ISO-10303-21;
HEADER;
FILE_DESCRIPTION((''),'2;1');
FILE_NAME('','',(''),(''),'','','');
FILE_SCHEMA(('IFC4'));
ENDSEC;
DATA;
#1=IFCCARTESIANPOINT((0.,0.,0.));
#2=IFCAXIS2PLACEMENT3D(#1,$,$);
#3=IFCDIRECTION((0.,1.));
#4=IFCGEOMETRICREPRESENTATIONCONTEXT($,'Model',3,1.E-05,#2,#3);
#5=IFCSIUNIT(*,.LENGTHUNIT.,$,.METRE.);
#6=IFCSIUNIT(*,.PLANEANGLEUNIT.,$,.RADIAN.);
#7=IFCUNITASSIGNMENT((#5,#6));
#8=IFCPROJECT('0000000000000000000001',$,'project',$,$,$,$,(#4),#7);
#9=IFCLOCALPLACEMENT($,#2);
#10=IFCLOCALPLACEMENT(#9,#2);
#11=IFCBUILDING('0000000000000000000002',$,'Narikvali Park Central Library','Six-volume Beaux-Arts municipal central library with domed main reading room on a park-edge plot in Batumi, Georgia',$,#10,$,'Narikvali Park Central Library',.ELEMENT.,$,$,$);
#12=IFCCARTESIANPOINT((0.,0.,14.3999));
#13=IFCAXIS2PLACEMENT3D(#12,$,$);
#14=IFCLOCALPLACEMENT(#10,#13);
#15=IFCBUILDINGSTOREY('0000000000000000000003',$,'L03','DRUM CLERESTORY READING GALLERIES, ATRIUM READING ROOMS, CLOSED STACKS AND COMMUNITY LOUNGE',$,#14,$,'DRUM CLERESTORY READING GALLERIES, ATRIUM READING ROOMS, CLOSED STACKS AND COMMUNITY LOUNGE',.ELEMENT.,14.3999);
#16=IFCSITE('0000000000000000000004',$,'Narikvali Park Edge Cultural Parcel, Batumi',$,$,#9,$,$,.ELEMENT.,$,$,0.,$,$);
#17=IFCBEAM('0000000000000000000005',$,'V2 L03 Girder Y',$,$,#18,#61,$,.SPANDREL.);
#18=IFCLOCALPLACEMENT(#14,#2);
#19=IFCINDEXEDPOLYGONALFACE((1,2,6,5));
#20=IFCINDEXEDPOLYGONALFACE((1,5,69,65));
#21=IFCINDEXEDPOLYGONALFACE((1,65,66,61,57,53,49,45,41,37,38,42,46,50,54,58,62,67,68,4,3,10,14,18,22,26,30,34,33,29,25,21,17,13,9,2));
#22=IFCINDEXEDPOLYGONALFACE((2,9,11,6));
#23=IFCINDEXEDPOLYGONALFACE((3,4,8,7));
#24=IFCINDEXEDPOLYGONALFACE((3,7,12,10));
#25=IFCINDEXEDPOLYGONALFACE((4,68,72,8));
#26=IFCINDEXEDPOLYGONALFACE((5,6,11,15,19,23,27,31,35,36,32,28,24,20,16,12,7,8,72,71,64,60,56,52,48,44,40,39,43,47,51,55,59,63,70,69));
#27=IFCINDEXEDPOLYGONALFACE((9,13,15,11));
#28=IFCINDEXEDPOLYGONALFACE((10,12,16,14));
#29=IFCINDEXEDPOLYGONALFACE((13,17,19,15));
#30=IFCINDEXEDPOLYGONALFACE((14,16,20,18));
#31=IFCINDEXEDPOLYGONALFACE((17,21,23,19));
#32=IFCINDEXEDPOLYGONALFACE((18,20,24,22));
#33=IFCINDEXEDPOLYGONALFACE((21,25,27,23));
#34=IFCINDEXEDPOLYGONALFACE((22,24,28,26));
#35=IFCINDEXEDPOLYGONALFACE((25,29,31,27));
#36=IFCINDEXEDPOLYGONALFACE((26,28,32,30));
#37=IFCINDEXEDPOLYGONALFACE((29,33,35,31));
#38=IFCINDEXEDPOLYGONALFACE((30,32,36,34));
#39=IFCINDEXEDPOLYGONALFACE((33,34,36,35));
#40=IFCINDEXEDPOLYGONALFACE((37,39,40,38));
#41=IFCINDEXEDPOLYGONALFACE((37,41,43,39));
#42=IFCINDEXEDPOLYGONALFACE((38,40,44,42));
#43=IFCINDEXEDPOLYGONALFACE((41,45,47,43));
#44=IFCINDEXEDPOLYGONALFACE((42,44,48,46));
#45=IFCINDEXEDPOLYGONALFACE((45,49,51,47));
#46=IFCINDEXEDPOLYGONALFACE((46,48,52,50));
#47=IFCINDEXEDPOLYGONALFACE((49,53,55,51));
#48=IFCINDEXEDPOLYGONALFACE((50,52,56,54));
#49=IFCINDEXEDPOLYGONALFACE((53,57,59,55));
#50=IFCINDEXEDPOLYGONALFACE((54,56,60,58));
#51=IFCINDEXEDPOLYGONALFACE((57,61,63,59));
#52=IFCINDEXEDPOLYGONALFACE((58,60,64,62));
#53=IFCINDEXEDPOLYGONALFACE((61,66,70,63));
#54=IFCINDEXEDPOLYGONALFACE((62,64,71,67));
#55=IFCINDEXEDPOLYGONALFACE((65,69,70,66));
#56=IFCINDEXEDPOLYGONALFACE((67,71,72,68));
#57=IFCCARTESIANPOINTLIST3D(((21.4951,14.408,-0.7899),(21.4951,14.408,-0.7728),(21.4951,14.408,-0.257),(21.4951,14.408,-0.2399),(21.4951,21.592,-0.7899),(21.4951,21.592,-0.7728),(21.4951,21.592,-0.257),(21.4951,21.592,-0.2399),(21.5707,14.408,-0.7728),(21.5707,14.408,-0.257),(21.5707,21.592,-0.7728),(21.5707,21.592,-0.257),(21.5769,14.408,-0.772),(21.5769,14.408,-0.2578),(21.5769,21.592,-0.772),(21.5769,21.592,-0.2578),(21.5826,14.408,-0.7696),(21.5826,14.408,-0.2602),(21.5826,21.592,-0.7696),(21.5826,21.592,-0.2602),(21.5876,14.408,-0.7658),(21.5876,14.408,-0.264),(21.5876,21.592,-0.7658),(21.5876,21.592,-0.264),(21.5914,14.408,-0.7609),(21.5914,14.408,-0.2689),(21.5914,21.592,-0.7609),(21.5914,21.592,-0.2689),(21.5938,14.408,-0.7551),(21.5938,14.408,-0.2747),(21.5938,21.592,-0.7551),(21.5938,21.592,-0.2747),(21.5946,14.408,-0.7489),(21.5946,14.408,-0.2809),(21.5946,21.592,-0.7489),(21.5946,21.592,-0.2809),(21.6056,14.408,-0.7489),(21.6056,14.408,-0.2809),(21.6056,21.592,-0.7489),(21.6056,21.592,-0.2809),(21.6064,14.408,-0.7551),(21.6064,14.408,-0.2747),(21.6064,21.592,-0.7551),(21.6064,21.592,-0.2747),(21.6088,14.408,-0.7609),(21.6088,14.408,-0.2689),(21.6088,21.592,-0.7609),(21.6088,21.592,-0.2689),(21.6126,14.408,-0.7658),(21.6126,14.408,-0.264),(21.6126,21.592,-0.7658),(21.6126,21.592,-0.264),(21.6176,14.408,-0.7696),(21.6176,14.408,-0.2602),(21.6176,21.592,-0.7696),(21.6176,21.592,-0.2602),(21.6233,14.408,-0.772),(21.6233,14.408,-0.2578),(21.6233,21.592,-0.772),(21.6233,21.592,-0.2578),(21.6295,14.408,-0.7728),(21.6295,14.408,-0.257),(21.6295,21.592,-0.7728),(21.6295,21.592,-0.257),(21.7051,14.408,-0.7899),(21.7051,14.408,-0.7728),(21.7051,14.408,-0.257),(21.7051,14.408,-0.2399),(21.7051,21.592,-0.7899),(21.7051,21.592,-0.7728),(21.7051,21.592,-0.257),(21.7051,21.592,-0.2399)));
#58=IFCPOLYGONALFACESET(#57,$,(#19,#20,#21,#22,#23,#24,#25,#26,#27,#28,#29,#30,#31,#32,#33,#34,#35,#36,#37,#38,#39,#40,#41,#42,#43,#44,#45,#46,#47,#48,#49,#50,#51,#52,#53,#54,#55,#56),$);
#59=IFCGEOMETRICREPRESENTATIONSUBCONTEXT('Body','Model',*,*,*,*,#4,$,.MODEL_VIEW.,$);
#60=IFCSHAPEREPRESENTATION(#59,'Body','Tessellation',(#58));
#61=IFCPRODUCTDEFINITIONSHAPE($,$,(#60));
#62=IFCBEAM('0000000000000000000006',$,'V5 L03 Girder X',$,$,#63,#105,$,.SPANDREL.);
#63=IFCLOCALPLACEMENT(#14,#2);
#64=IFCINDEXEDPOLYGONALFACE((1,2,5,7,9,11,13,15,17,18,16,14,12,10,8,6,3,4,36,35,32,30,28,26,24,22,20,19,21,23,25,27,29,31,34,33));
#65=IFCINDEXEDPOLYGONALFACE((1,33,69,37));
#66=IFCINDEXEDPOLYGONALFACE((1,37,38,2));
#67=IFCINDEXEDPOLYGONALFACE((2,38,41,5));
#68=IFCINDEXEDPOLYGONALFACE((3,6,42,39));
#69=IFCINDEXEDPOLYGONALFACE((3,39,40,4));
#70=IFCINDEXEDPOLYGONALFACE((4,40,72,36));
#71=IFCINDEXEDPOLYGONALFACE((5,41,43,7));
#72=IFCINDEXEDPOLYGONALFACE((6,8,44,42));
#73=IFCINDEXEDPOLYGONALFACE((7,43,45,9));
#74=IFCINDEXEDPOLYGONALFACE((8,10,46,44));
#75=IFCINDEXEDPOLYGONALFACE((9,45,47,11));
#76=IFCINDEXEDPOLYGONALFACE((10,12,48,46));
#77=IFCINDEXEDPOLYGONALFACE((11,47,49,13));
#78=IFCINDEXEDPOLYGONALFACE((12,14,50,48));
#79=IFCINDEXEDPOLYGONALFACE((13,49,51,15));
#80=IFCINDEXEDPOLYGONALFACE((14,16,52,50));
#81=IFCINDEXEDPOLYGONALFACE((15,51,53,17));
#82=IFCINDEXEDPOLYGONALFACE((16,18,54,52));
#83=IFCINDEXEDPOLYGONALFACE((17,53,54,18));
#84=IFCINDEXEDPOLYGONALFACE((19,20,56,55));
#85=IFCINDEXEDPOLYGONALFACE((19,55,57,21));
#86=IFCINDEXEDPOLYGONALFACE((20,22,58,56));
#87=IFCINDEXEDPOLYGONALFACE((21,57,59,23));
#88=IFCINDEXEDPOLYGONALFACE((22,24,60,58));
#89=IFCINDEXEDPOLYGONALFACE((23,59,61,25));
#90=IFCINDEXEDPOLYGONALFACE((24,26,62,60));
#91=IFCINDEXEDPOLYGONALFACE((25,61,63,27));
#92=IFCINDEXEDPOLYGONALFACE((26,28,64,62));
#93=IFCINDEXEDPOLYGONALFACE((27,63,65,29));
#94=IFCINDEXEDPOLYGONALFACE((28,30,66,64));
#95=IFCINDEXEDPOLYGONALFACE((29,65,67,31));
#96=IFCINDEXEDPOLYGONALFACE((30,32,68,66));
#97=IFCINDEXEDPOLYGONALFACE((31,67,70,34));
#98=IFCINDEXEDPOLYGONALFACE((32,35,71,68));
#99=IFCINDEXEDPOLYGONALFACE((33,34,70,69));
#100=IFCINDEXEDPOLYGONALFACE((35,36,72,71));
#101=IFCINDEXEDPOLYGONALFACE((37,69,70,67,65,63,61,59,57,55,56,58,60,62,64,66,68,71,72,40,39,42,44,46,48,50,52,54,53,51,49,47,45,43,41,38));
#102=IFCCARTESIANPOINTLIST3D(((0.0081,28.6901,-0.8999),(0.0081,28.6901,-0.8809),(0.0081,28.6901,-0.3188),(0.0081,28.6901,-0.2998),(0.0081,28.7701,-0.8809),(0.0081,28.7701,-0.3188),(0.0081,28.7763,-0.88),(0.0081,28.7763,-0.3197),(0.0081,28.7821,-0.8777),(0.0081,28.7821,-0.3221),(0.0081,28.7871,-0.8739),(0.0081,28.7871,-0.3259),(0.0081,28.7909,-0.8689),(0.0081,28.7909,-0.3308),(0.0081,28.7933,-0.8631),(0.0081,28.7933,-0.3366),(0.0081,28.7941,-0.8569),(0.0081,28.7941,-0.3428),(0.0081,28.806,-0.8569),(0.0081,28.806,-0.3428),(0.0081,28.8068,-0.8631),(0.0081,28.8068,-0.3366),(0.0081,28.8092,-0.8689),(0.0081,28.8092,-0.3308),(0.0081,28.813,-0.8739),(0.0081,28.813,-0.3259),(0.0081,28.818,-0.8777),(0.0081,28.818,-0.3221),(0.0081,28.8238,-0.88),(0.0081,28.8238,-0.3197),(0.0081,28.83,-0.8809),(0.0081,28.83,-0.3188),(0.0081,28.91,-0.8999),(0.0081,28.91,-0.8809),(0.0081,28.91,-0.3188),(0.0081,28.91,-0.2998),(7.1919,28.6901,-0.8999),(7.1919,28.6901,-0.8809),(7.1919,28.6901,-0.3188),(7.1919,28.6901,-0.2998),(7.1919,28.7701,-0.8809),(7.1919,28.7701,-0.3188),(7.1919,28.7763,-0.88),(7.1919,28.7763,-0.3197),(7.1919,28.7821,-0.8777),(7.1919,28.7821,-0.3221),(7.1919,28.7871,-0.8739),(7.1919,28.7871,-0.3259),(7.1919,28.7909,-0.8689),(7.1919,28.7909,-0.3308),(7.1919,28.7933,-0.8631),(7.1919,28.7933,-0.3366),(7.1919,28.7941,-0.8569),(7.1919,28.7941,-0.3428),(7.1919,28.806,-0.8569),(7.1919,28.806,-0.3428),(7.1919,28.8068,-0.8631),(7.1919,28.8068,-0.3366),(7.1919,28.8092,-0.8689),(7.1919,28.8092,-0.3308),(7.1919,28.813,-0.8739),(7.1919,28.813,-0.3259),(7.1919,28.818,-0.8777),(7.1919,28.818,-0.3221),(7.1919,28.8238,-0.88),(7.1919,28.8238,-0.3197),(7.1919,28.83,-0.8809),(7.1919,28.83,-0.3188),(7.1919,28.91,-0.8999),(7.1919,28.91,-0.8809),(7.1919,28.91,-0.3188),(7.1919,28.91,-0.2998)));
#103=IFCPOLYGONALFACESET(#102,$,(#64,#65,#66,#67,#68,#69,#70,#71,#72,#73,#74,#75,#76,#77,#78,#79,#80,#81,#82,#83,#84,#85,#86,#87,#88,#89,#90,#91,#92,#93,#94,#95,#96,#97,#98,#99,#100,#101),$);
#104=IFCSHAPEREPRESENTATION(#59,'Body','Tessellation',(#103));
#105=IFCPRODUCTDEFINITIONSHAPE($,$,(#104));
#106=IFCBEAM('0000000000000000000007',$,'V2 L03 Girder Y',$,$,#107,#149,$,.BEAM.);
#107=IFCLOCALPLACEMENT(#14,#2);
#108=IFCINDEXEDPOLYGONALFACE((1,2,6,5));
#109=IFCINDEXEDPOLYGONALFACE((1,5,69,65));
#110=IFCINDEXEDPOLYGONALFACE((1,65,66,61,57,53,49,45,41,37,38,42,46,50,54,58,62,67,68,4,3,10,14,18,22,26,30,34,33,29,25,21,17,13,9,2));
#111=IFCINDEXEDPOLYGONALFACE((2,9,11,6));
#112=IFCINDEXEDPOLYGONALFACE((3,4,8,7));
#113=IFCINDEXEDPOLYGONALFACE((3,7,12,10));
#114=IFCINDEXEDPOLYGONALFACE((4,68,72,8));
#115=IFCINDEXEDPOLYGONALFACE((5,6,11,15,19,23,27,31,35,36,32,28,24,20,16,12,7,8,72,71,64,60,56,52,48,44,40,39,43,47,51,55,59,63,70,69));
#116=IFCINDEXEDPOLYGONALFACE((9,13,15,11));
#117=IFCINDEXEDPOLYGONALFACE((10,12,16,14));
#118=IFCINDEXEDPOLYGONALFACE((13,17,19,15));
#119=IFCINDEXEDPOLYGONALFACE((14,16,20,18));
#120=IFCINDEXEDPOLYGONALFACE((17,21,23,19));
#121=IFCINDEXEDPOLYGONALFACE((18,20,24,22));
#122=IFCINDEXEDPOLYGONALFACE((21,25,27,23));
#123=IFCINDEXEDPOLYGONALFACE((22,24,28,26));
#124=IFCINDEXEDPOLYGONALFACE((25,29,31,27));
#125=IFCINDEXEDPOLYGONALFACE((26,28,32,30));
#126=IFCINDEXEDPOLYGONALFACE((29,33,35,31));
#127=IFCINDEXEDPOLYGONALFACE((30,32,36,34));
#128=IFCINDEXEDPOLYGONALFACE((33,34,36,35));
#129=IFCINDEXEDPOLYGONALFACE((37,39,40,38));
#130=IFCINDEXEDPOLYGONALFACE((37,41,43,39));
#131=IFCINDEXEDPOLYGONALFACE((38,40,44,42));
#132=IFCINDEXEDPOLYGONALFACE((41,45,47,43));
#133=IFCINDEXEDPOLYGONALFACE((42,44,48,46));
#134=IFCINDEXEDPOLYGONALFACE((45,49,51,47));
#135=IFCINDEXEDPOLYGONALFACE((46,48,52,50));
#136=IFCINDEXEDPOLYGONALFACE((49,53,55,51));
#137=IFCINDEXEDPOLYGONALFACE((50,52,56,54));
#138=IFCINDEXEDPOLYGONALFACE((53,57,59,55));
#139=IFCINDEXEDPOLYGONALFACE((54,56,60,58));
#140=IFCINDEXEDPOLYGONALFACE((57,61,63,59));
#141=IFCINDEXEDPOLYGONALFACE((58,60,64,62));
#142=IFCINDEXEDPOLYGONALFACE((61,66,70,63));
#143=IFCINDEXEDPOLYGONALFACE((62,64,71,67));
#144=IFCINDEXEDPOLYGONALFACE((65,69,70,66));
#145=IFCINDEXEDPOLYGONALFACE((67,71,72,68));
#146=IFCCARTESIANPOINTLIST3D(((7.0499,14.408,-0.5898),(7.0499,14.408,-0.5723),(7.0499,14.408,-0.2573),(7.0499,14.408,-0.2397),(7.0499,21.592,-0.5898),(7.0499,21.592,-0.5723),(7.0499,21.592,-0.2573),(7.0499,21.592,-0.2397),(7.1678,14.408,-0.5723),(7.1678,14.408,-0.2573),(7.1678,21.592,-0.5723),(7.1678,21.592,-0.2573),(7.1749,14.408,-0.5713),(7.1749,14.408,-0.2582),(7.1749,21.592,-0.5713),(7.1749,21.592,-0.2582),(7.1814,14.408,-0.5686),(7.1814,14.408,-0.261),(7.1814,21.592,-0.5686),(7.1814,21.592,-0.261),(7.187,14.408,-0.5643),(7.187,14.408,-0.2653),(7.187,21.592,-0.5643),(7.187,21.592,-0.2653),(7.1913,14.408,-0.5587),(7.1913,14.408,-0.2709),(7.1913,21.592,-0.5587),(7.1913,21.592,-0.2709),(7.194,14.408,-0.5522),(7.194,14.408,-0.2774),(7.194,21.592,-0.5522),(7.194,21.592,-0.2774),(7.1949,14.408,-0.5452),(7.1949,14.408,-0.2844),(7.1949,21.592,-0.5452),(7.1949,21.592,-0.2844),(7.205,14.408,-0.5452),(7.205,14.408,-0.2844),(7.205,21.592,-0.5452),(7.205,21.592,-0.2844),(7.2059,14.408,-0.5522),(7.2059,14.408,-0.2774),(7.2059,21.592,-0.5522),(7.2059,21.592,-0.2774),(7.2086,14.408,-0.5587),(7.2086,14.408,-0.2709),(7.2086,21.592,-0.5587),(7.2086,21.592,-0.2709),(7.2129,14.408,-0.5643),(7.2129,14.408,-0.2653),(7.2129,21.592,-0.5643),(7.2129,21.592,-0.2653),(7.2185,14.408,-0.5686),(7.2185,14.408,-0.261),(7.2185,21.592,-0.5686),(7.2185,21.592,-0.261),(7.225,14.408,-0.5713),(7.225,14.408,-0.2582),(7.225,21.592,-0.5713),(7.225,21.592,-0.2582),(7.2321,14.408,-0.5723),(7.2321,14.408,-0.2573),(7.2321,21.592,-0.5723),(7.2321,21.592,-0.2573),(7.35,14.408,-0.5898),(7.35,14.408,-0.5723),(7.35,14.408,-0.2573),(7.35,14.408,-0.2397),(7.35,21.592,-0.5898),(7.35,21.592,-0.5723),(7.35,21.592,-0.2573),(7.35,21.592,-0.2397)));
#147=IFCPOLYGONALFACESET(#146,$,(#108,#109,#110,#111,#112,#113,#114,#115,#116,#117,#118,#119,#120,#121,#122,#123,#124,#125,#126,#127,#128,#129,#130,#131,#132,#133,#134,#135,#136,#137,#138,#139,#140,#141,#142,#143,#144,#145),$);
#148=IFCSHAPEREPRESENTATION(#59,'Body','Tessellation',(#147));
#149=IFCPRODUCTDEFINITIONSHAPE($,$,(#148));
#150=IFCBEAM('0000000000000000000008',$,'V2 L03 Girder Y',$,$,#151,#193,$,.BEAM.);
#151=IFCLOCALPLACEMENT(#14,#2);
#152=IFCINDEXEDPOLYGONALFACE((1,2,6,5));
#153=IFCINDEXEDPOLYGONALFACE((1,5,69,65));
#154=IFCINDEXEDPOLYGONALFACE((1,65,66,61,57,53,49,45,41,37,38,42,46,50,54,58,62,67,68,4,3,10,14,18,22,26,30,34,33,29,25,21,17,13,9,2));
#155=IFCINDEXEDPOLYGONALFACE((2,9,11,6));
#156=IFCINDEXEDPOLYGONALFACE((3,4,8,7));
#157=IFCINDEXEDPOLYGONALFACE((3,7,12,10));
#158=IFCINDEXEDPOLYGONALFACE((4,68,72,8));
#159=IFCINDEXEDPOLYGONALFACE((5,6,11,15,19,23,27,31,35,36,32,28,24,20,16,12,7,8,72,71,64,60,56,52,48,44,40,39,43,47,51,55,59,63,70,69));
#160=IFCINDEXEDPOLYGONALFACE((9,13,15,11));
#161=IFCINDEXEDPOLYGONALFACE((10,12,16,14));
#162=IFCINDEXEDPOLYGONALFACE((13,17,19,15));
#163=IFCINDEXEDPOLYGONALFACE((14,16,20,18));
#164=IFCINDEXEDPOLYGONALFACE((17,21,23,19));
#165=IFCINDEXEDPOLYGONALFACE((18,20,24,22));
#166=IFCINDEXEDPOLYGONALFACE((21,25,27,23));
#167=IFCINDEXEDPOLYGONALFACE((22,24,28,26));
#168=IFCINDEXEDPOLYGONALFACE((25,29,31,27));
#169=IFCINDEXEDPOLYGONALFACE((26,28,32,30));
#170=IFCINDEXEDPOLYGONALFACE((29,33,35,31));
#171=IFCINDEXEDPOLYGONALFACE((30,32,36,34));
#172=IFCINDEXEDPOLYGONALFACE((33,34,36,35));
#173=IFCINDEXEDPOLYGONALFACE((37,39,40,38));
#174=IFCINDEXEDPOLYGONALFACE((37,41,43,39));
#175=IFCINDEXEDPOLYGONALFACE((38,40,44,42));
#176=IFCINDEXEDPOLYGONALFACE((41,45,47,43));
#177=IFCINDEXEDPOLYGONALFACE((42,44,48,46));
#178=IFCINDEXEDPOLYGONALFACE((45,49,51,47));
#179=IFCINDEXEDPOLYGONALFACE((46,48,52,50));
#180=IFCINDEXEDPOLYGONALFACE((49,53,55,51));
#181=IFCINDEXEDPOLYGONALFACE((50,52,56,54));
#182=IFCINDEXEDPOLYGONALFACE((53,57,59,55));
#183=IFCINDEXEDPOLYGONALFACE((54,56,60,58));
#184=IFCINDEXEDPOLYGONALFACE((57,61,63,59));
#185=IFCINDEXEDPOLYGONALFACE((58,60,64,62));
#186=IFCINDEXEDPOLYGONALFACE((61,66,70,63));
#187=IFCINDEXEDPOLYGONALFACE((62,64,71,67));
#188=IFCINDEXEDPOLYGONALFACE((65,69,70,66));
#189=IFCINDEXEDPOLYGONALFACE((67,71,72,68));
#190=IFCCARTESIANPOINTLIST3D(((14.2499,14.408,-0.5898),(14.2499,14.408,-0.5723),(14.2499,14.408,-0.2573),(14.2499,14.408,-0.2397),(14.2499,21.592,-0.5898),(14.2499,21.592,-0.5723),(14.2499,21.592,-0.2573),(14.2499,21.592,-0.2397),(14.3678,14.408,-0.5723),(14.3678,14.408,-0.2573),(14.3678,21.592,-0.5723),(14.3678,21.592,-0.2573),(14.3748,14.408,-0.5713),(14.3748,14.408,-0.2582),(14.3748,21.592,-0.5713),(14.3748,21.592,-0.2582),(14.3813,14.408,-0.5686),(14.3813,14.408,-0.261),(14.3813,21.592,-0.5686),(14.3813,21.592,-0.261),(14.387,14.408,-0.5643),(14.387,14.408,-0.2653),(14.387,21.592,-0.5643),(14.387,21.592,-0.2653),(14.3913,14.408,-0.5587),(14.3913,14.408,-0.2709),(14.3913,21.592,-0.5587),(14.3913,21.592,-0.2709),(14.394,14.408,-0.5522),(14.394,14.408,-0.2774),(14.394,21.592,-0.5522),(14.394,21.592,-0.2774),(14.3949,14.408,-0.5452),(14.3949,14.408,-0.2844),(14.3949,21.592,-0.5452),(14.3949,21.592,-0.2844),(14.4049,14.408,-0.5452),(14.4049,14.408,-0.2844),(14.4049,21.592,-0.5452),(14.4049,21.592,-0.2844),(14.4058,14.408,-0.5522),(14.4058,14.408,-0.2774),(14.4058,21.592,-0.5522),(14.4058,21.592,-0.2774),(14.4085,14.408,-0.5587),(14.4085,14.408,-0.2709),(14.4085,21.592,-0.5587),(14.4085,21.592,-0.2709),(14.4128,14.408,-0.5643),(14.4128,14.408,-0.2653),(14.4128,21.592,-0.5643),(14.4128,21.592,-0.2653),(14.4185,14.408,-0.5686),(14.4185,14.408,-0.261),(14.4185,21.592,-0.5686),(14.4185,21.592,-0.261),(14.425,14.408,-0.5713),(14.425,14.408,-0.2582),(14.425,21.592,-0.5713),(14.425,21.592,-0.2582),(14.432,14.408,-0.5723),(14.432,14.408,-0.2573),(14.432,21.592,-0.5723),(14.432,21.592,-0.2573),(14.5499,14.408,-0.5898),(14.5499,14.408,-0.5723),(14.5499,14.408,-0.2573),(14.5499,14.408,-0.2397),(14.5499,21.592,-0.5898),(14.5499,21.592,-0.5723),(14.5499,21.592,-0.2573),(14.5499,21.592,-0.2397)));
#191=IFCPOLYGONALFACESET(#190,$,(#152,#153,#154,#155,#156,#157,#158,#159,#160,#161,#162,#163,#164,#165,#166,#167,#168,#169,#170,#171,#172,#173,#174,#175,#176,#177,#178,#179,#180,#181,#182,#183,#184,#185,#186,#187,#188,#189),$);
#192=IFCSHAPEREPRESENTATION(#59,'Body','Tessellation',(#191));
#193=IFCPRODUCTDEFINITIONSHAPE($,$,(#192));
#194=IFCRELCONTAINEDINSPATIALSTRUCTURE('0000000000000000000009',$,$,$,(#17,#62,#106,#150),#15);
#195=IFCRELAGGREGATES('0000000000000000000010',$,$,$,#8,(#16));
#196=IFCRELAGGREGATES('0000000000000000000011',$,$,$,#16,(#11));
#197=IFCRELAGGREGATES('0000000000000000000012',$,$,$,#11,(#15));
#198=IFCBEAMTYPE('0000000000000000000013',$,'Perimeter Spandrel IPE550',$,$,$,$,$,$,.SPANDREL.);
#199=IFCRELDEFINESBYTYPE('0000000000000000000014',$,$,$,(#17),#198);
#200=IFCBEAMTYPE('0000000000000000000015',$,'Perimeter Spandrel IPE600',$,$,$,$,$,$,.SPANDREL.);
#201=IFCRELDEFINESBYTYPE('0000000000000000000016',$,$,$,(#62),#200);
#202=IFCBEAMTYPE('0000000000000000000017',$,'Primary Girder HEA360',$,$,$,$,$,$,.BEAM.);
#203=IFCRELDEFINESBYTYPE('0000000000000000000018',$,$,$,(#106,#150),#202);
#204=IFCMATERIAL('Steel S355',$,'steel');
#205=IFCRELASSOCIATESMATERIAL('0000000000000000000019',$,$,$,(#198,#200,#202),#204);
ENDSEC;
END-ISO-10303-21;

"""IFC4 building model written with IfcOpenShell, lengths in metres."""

from ifc_helpers import new_model, si_unit, direction, frame, origin, origin_2d, place, context, subcontext, project, spatial, i_section, extrude, material, material_profile, profile_set, type_object, element, save


model = new_model("IFC4")

# Units and contexts
model_context = context("Model", 3, precision=1e-05, world=origin(), true_north=direction((0.0, 1.0)))
body_context = subcontext(model_context, "Body", "Model", "MODEL_VIEW")
ifc_project = project(units=[si_unit("LENGTHUNIT", "METRE"), si_unit("PLANEANGLEUNIT", "RADIAN")], contexts=[model_context])

# Site, building, storey
site_placement = place(None, origin())
site = spatial("IfcSite", under=ifc_project, at=site_placement, Name="Narikvali Park Edge Cultural Parcel, Batumi", CompositionType="ELEMENT", RefElevation=0.0)
building_placement = place(site_placement, origin())
building = spatial("IfcBuilding", under=site, at=building_placement, Name="Narikvali Park Central Library", Description="Six-volume Beaux-Arts municipal central library with domed main reading room on a park-edge plot in Batumi, Georgia", LongName="Narikvali Park Central Library", CompositionType="ELEMENT")
storey_placement = place(building_placement, frame((0.0, 0.0, 14.3999)))
storey = spatial("IfcBuildingStorey", under=building, at=storey_placement, Name="L03", Description="DRUM CLERESTORY READING GALLERIES, ATRIUM READING ROOMS, CLOSED STACKS AND COMMUNITY LOUNGE", LongName="DRUM CLERESTORY READING GALLERIES, ATRIUM READING ROOMS, CLOSED STACKS AND COMMUNITY LOUNGE", CompositionType="ELEMENT", Elevation=14.3999)

# Shared definitions
ifc_material_1 = material(Name="Steel S355", Category="steel")

# Beams
ifc_material_profile_1 = material_profile(ifc_material_1, i_section(OverallWidth=0.21, OverallDepth=0.55, WebThickness=0.011, FlangeThickness=0.0171, FilletRadius=0.0239, at=origin_2d()), Name="IPE 550")
ifc_profile_set_1 = profile_set([ifc_material_profile_1], Name="Steel S355")
beam_type_1 = type_object("IfcBeamType", Name="Perimeter Spandrel IPE550", PredefinedType="SPANDREL", material=ifc_profile_set_1)
for number, where, z_axis, x_axis, name in (
    (1, (21.6001, 14.408, -0.5149), (0.0, 1.0, 0.0), (-1.0, 0.0, 0.0), "V2 L03 Girder Y"),
):
    element("IfcBeam", number, at=place(storey_placement, frame(where, z_axis=z_axis, x_axis=x_axis)), inside=storey, type_object=beam_type_1, Name=name, PredefinedType="SPANDREL", context=body_context, shape_type="SweptSolid", body=[
        extrude(i_section(OverallWidth=0.21, OverallDepth=0.55, WebThickness=0.011, FlangeThickness=0.0171, FilletRadius=0.0239, at=origin_2d()), origin(), (0.0, 0.0, 1.0), 7.1841),
    ])
ifc_material_profile_2 = material_profile(ifc_material_1, i_section(OverallWidth=0.22, OverallDepth=0.6001, WebThickness=0.012, FlangeThickness=0.019, FilletRadius=0.0239, at=origin_2d()), Name="IPE 600")
ifc_profile_set_2 = profile_set([ifc_material_profile_2], Name="Steel S355")
beam_type_2 = type_object("IfcBeamType", Name="Perimeter Spandrel IPE600", PredefinedType="SPANDREL", material=ifc_profile_set_2)
beam_1_placement = place(storey_placement, frame((0.0081, 28.8, -0.5999), z_axis=(1.0, 0.0, 0.0), x_axis=(0.0, 1.0, 0.0)))
element("IfcBeam", 2, at=beam_1_placement, inside=storey, type_object=beam_type_2, Name="V5 L03 Girder X", PredefinedType="SPANDREL", context=body_context, shape_type="SweptSolid", body=[
    extrude(i_section(OverallWidth=0.22, OverallDepth=0.6001, WebThickness=0.012, FlangeThickness=0.019, FilletRadius=0.0239, at=origin_2d()), origin(), (0.0, 0.0, 1.0), 7.1838),
])
ifc_material_profile_3 = material_profile(ifc_material_1, i_section(OverallWidth=0.3, OverallDepth=0.3501, WebThickness=0.01, FlangeThickness=0.0176, FilletRadius=0.0271, at=origin_2d()), Name="HEA 360")
ifc_profile_set_3 = profile_set([ifc_material_profile_3], Name="Steel S355")
beam_type_3 = type_object("IfcBeamType", Name="Primary Girder HEA360", PredefinedType="BEAM", material=ifc_profile_set_3)
for number, where, z_axis, x_axis, name in (
    (3, (7.2, 14.408, -0.4148), (0.0, 1.0, 0.0), (-1.0, 0.0, 0.0), "V2 L03 Girder Y"),
    (4, (14.3999, 14.408, -0.4148), (0.0, 1.0, 0.0), (-1.0, 0.0, 0.0), "V2 L03 Girder Y"),
):
    element("IfcBeam", number, at=place(storey_placement, frame(where, z_axis=z_axis, x_axis=x_axis)), inside=storey, type_object=beam_type_3, Name=name, PredefinedType="BEAM", context=body_context, shape_type="SweptSolid", body=[
        extrude(i_section(OverallWidth=0.3, OverallDepth=0.3501, WebThickness=0.01, FlangeThickness=0.0176, FilletRadius=0.0271, at=origin_2d()), origin(), (0.0, 0.0, 1.0), 7.1841),
    ])

save(model, "model.ifc")
